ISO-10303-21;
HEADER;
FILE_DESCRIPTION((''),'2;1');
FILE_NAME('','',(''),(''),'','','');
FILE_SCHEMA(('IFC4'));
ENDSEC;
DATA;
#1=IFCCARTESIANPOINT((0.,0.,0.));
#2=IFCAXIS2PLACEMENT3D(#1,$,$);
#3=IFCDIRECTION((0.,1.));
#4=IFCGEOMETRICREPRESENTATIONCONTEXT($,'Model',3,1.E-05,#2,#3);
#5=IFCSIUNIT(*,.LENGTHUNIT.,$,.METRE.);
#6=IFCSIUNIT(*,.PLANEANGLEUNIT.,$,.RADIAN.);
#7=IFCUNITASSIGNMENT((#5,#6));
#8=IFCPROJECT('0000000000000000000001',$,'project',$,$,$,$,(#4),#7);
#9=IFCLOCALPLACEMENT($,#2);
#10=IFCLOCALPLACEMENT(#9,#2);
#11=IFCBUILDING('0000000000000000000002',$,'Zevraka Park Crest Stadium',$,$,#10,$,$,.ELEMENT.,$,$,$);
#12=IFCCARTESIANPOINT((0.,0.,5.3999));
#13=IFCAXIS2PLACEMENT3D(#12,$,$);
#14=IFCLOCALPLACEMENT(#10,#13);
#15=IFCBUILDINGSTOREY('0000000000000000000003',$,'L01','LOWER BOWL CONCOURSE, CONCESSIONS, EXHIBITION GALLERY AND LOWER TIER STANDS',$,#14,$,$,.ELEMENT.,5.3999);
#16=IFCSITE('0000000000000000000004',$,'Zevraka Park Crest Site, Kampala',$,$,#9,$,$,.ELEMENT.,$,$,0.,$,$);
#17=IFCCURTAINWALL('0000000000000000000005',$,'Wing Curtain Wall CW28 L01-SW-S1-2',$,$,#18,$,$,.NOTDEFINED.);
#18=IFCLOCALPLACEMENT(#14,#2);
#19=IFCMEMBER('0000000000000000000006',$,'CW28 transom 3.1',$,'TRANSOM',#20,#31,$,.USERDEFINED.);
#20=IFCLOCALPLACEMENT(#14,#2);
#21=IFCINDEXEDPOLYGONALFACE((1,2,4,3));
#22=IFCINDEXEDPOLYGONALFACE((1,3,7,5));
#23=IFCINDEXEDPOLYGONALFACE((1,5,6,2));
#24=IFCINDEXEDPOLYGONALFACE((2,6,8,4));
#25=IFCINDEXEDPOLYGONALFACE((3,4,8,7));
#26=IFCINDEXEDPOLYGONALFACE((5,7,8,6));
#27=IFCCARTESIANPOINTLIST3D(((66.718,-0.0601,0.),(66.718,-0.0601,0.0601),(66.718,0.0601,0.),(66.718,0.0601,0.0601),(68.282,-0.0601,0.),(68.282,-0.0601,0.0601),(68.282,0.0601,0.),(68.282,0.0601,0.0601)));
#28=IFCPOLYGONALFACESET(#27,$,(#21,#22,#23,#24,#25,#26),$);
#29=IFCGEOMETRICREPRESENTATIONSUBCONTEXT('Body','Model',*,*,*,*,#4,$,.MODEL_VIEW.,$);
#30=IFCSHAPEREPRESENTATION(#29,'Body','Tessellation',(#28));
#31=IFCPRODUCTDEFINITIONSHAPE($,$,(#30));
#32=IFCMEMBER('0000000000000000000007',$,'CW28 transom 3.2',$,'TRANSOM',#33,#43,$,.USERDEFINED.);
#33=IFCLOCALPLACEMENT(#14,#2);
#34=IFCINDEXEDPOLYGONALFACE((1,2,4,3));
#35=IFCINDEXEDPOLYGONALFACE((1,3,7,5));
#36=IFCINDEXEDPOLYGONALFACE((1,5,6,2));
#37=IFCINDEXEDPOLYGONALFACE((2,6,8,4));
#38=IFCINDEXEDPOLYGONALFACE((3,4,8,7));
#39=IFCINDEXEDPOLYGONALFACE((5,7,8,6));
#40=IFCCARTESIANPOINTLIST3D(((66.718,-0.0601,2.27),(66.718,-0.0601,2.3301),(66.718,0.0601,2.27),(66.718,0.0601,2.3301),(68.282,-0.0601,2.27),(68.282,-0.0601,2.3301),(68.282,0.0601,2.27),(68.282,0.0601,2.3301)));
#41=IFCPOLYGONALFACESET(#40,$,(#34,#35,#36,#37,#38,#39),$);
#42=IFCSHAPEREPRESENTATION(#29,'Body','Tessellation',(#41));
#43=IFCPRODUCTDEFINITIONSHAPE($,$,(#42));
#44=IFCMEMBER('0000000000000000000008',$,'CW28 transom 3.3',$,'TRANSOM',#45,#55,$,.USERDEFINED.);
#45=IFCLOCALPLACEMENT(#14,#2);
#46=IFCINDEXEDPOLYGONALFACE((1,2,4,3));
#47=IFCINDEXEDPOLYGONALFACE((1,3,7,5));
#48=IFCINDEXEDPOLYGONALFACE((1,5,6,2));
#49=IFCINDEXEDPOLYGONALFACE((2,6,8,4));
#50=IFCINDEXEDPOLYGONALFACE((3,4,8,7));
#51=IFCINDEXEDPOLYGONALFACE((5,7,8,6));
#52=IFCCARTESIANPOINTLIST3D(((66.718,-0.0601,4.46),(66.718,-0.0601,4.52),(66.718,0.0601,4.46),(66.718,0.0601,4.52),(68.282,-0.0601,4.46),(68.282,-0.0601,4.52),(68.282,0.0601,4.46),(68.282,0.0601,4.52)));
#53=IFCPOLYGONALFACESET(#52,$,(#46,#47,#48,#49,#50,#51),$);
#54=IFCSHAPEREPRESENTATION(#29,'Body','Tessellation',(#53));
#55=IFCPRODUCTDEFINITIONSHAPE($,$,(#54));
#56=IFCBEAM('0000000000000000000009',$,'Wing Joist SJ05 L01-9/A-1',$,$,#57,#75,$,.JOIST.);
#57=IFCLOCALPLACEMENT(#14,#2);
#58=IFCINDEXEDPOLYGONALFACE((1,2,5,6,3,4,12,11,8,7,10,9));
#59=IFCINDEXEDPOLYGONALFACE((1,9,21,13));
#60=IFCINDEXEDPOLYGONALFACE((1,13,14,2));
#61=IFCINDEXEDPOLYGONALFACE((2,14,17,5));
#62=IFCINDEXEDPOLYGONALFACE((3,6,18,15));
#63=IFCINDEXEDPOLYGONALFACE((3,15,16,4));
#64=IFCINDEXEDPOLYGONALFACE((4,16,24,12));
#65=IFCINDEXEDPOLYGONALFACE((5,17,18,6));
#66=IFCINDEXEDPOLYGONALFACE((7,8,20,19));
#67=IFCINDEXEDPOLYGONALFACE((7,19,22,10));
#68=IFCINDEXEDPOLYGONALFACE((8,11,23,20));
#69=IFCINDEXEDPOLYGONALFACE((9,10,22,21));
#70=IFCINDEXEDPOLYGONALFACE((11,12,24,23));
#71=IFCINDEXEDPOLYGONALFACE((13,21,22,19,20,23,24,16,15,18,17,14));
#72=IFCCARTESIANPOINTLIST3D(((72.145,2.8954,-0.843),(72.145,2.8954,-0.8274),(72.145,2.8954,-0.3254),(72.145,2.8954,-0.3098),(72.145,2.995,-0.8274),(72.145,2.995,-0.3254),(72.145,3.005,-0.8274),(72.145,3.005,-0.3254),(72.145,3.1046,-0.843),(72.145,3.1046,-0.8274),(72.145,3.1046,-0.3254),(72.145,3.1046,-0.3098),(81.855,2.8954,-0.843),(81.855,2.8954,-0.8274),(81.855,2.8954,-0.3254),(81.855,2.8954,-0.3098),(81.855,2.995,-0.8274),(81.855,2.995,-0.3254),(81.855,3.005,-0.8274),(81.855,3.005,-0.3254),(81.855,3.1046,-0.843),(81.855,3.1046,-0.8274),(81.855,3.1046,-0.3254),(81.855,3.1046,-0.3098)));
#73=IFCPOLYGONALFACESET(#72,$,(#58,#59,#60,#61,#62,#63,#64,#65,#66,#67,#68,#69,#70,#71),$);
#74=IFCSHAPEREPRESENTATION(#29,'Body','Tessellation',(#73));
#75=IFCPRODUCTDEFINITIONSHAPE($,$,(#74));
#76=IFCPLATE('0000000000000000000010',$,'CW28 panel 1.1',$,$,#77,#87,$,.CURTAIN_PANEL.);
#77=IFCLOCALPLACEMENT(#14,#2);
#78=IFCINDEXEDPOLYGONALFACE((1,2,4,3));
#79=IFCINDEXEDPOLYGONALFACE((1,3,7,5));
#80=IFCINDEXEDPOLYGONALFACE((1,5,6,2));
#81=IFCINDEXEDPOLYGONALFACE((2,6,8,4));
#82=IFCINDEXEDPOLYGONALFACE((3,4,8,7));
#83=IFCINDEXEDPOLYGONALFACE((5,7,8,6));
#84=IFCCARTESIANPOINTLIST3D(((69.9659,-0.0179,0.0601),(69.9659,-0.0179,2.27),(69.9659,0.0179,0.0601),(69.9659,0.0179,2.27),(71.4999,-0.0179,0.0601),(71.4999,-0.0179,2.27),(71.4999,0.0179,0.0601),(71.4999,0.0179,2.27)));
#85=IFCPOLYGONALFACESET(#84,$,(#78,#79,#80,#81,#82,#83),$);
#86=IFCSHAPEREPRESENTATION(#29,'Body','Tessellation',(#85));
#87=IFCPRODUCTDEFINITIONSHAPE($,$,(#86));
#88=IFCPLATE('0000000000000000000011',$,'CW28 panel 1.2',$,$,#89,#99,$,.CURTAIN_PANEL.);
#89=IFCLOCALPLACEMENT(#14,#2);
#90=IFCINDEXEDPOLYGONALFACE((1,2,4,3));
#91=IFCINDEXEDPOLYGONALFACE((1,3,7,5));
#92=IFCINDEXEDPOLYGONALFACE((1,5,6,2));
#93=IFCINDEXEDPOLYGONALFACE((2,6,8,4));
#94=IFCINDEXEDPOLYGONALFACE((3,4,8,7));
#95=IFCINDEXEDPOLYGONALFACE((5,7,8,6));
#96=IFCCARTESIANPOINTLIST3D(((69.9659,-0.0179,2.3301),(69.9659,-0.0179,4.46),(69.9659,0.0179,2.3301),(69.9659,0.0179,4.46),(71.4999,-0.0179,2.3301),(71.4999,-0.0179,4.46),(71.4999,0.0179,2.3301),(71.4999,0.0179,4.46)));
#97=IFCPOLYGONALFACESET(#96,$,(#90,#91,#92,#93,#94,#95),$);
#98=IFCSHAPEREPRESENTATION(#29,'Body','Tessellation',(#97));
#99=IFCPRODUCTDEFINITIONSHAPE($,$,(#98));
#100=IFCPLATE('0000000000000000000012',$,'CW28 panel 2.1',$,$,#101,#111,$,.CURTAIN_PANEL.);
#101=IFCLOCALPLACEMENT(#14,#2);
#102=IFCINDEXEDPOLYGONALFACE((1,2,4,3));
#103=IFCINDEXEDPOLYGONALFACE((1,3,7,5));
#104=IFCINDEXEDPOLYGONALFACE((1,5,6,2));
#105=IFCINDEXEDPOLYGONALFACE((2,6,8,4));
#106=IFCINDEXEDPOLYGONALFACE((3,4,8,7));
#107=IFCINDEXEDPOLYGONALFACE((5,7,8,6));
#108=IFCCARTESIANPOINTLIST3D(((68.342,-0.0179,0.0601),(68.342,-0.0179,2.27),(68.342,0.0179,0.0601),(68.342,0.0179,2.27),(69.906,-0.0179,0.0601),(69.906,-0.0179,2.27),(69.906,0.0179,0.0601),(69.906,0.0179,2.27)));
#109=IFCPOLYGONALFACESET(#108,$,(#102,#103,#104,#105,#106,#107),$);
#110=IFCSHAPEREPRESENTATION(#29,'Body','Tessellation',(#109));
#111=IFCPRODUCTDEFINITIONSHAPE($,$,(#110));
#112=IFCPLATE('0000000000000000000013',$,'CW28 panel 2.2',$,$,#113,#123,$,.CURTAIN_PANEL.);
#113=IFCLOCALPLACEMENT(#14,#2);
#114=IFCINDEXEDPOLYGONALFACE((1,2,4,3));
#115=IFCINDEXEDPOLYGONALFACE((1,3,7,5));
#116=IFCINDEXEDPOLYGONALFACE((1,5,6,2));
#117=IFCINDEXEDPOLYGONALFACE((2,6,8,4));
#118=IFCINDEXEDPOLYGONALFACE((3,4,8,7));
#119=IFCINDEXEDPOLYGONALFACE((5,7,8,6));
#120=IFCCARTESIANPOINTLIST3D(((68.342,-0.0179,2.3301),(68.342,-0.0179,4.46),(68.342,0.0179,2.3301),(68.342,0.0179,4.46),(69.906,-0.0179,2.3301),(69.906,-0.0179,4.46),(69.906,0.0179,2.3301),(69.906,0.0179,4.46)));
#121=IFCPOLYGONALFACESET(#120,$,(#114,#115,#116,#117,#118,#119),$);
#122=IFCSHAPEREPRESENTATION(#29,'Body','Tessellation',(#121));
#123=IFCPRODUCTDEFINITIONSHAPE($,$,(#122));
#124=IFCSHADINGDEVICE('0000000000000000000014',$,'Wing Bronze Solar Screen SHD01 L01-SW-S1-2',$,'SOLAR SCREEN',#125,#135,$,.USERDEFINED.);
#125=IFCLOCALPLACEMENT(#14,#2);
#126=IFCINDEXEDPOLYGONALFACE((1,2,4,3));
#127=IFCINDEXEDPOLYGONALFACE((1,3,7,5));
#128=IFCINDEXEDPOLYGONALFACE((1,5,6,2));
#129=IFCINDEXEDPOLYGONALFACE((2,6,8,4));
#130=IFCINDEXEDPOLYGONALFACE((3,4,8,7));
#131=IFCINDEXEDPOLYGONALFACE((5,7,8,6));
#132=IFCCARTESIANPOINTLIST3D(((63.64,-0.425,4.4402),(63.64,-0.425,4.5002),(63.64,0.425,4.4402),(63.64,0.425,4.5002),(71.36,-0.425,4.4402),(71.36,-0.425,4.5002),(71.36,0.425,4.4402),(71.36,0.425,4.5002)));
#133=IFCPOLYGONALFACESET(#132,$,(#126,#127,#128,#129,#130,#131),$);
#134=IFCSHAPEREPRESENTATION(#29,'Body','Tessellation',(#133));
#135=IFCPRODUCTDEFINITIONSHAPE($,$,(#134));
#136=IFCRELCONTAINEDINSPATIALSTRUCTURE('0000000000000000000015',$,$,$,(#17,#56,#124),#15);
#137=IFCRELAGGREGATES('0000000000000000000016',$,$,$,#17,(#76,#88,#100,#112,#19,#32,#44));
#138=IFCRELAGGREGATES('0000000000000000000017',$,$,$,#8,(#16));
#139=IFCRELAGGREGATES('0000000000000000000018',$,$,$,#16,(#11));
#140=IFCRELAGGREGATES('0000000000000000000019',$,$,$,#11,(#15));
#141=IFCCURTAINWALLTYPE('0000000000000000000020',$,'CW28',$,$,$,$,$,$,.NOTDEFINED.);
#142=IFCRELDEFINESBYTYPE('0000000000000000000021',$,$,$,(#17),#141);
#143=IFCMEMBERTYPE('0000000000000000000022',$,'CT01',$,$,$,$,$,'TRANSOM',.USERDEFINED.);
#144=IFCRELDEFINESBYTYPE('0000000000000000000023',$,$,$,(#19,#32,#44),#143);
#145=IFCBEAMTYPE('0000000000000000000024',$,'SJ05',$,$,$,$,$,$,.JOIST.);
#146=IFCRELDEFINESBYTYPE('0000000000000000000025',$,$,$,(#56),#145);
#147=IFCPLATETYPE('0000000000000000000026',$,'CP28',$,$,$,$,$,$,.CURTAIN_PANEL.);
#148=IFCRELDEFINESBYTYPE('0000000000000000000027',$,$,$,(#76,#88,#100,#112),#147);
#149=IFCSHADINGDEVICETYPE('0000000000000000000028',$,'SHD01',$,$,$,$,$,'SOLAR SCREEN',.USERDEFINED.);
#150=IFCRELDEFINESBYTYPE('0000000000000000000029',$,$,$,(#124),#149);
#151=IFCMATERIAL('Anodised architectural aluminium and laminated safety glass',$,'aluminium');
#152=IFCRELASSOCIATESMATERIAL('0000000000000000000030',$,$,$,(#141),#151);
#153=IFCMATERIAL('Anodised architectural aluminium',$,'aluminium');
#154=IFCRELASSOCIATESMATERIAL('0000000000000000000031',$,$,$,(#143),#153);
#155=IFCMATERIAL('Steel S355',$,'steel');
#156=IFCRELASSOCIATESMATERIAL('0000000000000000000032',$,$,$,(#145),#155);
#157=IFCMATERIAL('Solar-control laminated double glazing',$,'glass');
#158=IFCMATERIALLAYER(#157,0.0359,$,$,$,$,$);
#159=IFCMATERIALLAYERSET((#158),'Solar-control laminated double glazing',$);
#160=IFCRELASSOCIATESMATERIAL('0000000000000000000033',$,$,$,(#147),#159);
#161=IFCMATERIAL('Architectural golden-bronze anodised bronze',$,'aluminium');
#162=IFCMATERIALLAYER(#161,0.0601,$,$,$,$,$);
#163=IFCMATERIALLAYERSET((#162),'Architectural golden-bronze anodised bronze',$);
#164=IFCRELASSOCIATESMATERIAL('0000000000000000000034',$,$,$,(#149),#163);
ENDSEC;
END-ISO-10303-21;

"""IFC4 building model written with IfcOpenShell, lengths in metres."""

from ifc_helpers import new_model, si_unit, direction, frame, origin, origin_2d, place, context, subcontext, project, spatial, rectangle, i_section, extrude, material, layer, layer_set, material_profile, profile_set, type_object, element, aggregate, save


model = new_model("IFC4")

# Units and contexts
model_context = context("Model", 3, precision=1e-05, world=origin(), true_north=direction((0.0, 1.0)))
body_context = subcontext(model_context, "Body", "Model", "MODEL_VIEW")
ifc_project = project(units=[si_unit("LENGTHUNIT", "METRE"), si_unit("PLANEANGLEUNIT", "RADIAN")], contexts=[model_context])

# Site, building, storey
site_placement = place(None, origin())
site = spatial("IfcSite", under=ifc_project, at=site_placement, Name="Zevraka Park Crest Site, Kampala", CompositionType="ELEMENT", RefElevation=0.0)
building_placement = place(site_placement, origin())
building = spatial("IfcBuilding", under=site, at=building_placement, Name="Zevraka Park Crest Stadium", CompositionType="ELEMENT")
storey_placement = place(building_placement, frame((0.0, 0.0, 5.3999)))
storey = spatial("IfcBuildingStorey", under=building, at=storey_placement, Name="L01", Description="LOWER BOWL CONCOURSE, CONCESSIONS, EXHIBITION GALLERY AND LOWER TIER STANDS", CompositionType="ELEMENT", Elevation=5.3999)

# Curtain wall, members
ifc_material_1 = material(Name="Anodised architectural aluminium and laminated safety glass", Category="aluminium")
curtain_wall_type = type_object("IfcCurtainWallType", Name="CW28", PredefinedType="NOTDEFINED", material=ifc_material_1)
curtain_wall_placement = place(storey_placement, origin())
curtain_wall = element("IfcCurtainWall", 1, at=curtain_wall_placement, inside=storey, type_object=curtain_wall_type, Name="Wing Curtain Wall CW28 L01-SW-S1-2", PredefinedType="NOTDEFINED")
ifc_material_2 = material(Name="Anodised architectural aluminium", Category="aluminium")
ifc_material_profile_1 = material_profile(ifc_material_2, rectangle(XDim=0.1201, YDim=0.0601, at=origin_2d()), Name="ALU TRANSOM 120x60")
ifc_profile_set_1 = profile_set([ifc_material_profile_1], Name="Anodised architectural aluminium")
member_type_1 = type_object("IfcMemberType", Name="CT01", ElementType="TRANSOM", PredefinedType="USERDEFINED", material=ifc_profile_set_1)
member_1_placement = place(storey_placement, frame((68.282, 0.0, 0.03), z_axis=(-1.0, 0.0, 0.0), x_axis=(0.0, -1.0, 0.0)))
member_1 = element("IfcMember", 2, at=member_1_placement, type_object=member_type_1, Name="CW28 transom 3.1", ObjectType="TRANSOM", PredefinedType="USERDEFINED", context=body_context, shape_type="SweptSolid", body=[
    extrude(rectangle(XDim=0.1201, YDim=0.0601, at=origin_2d()), origin(), (0.0, 0.0, 1.0), 1.564),
])
member_2_placement = place(storey_placement, frame((68.282, 0.0, 2.3), z_axis=(-1.0, 0.0, 0.0), x_axis=(0.0, -1.0, 0.0)))
member_2 = element("IfcMember", 3, at=member_2_placement, type_object=member_type_1, Name="CW28 transom 3.2", ObjectType="TRANSOM", PredefinedType="USERDEFINED", context=body_context, shape_type="SweptSolid", body=[
    extrude(rectangle(XDim=0.1201, YDim=0.0601, at=origin_2d()), origin(), (0.0, 0.0, 1.0), 1.564),
])
member_3_placement = place(storey_placement, frame((68.282, 0.0, 4.49), z_axis=(-1.0, 0.0, 0.0), x_axis=(0.0, -1.0, 0.0)))
member_3 = element("IfcMember", 4, at=member_3_placement, type_object=member_type_1, Name="CW28 transom 3.3", ObjectType="TRANSOM", PredefinedType="USERDEFINED", context=body_context, shape_type="SweptSolid", body=[
    extrude(rectangle(XDim=0.1201, YDim=0.0601, at=origin_2d()), origin(), (0.0, 0.0, 1.0), 1.564),
])

# Beam
ifc_material_3 = material(Name="Steel S355", Category="steel")
ifc_material_profile_2 = material_profile(ifc_material_3, i_section(OverallWidth=0.2092, OverallDepth=0.5332, WebThickness=0.01, FlangeThickness=0.0156, at=origin_2d()), Name="UKB 533x210x92")
ifc_profile_set_2 = profile_set([ifc_material_profile_2], Name="Steel S355")
beam_type_1 = type_object("IfcBeamType", Name="SJ05", PredefinedType="JOIST", material=ifc_profile_set_2)
beam_1_placement = place(storey_placement, frame((72.145, 3.0, -0.5764), z_axis=(1.0, 0.0, 0.0), x_axis=(0.0, 1.0, 0.0)))
element("IfcBeam", 5, at=beam_1_placement, inside=storey, type_object=beam_type_1, Name="Wing Joist SJ05 L01-9/A-1", PredefinedType="JOIST", context=body_context, shape_type="SweptSolid", body=[
    extrude(i_section(OverallWidth=0.2092, OverallDepth=0.5332, WebThickness=0.01, FlangeThickness=0.0156, at=origin_2d()), origin(), (0.0, 0.0, 1.0), 9.71),
])

# Plates
ifc_material_4 = material(Name="Solar-control laminated double glazing", Category="glass")
ifc_layer_1 = layer(ifc_material_4, 0.0359)
ifc_layer_set_1 = layer_set([ifc_layer_1], Name="Solar-control laminated double glazing")
plate_type = type_object("IfcPlateType", Name="CP28", PredefinedType="CURTAIN_PANEL", material=ifc_layer_set_1)
plate_1_placement = place(storey_placement, frame((70.7329, 0.0, 0.0601), z_axis=(0.0, 0.0, 1.0), x_axis=(-1.0, 0.0, 0.0)))
plate_1 = element("IfcPlate", 6, at=plate_1_placement, type_object=plate_type, Name="CW28 panel 1.1", PredefinedType="CURTAIN_PANEL", context=body_context, shape_type="SweptSolid", body=[
    extrude(rectangle(XDim=1.5339, YDim=0.0359, at=origin_2d()), origin(), (0.0, 0.0, 1.0), 2.21),
])
plate_2_placement = place(storey_placement, frame((70.7329, 0.0, 2.3301), z_axis=(0.0, 0.0, 1.0), x_axis=(-1.0, 0.0, 0.0)))
plate_2 = element("IfcPlate", 7, at=plate_2_placement, type_object=plate_type, Name="CW28 panel 1.2", PredefinedType="CURTAIN_PANEL", context=body_context, shape_type="SweptSolid", body=[
    extrude(rectangle(XDim=1.5339, YDim=0.0359, at=origin_2d()), origin(), (0.0, 0.0, 1.0), 2.1299),
])
plate_3_placement = place(storey_placement, frame((69.124, 0.0, 0.0601), z_axis=(0.0, 0.0, 1.0), x_axis=(-1.0, 0.0, 0.0)))
plate_3 = element("IfcPlate", 8, at=plate_3_placement, type_object=plate_type, Name="CW28 panel 2.1", PredefinedType="CURTAIN_PANEL", context=body_context, shape_type="SweptSolid", body=[
    extrude(rectangle(XDim=1.564, YDim=0.0359, at=origin_2d()), origin(), (0.0, 0.0, 1.0), 2.21),
])
plate_4_placement = place(storey_placement, frame((69.124, 0.0, 2.3301), z_axis=(0.0, 0.0, 1.0), x_axis=(-1.0, 0.0, 0.0)))
plate_4 = element("IfcPlate", 9, at=plate_4_placement, type_object=plate_type, Name="CW28 panel 2.2", PredefinedType="CURTAIN_PANEL", context=body_context, shape_type="SweptSolid", body=[
    extrude(rectangle(XDim=1.564, YDim=0.0359, at=origin_2d()), origin(), (0.0, 0.0, 1.0), 2.1299),
])
aggregate(curtain_wall, [plate_1, plate_2, plate_3, plate_4, member_1, member_2, member_3])

# Shading device
ifc_material_5 = material(Name="Architectural golden-bronze anodised bronze", Category="aluminium")
ifc_layer_2 = layer(ifc_material_5, 0.0601)
ifc_layer_set_2 = layer_set([ifc_layer_2], Name="Architectural golden-bronze anodised bronze")
shading_device_type = type_object("IfcShadingDeviceType", Name="SHD01", ElementType="SOLAR SCREEN", PredefinedType="USERDEFINED", material=ifc_layer_set_2)
shading_device_placement = place(storey_placement, frame((67.5, 0.0, 4.4402), z_axis=(0.0, 0.0, 1.0), x_axis=(-1.0, 0.0, 0.0)))
element("IfcShadingDevice", 10, at=shading_device_placement, inside=storey, type_object=shading_device_type, Name="Wing Bronze Solar Screen SHD01 L01-SW-S1-2", ObjectType="SOLAR SCREEN", PredefinedType="USERDEFINED", context=body_context, shape_type="SweptSolid", body=[
    extrude(rectangle(XDim=7.72, YDim=0.8501, at=origin_2d()), origin(), (0.0, 0.0, 1.0), 0.0601),
])

save(model, "model.ifc")
